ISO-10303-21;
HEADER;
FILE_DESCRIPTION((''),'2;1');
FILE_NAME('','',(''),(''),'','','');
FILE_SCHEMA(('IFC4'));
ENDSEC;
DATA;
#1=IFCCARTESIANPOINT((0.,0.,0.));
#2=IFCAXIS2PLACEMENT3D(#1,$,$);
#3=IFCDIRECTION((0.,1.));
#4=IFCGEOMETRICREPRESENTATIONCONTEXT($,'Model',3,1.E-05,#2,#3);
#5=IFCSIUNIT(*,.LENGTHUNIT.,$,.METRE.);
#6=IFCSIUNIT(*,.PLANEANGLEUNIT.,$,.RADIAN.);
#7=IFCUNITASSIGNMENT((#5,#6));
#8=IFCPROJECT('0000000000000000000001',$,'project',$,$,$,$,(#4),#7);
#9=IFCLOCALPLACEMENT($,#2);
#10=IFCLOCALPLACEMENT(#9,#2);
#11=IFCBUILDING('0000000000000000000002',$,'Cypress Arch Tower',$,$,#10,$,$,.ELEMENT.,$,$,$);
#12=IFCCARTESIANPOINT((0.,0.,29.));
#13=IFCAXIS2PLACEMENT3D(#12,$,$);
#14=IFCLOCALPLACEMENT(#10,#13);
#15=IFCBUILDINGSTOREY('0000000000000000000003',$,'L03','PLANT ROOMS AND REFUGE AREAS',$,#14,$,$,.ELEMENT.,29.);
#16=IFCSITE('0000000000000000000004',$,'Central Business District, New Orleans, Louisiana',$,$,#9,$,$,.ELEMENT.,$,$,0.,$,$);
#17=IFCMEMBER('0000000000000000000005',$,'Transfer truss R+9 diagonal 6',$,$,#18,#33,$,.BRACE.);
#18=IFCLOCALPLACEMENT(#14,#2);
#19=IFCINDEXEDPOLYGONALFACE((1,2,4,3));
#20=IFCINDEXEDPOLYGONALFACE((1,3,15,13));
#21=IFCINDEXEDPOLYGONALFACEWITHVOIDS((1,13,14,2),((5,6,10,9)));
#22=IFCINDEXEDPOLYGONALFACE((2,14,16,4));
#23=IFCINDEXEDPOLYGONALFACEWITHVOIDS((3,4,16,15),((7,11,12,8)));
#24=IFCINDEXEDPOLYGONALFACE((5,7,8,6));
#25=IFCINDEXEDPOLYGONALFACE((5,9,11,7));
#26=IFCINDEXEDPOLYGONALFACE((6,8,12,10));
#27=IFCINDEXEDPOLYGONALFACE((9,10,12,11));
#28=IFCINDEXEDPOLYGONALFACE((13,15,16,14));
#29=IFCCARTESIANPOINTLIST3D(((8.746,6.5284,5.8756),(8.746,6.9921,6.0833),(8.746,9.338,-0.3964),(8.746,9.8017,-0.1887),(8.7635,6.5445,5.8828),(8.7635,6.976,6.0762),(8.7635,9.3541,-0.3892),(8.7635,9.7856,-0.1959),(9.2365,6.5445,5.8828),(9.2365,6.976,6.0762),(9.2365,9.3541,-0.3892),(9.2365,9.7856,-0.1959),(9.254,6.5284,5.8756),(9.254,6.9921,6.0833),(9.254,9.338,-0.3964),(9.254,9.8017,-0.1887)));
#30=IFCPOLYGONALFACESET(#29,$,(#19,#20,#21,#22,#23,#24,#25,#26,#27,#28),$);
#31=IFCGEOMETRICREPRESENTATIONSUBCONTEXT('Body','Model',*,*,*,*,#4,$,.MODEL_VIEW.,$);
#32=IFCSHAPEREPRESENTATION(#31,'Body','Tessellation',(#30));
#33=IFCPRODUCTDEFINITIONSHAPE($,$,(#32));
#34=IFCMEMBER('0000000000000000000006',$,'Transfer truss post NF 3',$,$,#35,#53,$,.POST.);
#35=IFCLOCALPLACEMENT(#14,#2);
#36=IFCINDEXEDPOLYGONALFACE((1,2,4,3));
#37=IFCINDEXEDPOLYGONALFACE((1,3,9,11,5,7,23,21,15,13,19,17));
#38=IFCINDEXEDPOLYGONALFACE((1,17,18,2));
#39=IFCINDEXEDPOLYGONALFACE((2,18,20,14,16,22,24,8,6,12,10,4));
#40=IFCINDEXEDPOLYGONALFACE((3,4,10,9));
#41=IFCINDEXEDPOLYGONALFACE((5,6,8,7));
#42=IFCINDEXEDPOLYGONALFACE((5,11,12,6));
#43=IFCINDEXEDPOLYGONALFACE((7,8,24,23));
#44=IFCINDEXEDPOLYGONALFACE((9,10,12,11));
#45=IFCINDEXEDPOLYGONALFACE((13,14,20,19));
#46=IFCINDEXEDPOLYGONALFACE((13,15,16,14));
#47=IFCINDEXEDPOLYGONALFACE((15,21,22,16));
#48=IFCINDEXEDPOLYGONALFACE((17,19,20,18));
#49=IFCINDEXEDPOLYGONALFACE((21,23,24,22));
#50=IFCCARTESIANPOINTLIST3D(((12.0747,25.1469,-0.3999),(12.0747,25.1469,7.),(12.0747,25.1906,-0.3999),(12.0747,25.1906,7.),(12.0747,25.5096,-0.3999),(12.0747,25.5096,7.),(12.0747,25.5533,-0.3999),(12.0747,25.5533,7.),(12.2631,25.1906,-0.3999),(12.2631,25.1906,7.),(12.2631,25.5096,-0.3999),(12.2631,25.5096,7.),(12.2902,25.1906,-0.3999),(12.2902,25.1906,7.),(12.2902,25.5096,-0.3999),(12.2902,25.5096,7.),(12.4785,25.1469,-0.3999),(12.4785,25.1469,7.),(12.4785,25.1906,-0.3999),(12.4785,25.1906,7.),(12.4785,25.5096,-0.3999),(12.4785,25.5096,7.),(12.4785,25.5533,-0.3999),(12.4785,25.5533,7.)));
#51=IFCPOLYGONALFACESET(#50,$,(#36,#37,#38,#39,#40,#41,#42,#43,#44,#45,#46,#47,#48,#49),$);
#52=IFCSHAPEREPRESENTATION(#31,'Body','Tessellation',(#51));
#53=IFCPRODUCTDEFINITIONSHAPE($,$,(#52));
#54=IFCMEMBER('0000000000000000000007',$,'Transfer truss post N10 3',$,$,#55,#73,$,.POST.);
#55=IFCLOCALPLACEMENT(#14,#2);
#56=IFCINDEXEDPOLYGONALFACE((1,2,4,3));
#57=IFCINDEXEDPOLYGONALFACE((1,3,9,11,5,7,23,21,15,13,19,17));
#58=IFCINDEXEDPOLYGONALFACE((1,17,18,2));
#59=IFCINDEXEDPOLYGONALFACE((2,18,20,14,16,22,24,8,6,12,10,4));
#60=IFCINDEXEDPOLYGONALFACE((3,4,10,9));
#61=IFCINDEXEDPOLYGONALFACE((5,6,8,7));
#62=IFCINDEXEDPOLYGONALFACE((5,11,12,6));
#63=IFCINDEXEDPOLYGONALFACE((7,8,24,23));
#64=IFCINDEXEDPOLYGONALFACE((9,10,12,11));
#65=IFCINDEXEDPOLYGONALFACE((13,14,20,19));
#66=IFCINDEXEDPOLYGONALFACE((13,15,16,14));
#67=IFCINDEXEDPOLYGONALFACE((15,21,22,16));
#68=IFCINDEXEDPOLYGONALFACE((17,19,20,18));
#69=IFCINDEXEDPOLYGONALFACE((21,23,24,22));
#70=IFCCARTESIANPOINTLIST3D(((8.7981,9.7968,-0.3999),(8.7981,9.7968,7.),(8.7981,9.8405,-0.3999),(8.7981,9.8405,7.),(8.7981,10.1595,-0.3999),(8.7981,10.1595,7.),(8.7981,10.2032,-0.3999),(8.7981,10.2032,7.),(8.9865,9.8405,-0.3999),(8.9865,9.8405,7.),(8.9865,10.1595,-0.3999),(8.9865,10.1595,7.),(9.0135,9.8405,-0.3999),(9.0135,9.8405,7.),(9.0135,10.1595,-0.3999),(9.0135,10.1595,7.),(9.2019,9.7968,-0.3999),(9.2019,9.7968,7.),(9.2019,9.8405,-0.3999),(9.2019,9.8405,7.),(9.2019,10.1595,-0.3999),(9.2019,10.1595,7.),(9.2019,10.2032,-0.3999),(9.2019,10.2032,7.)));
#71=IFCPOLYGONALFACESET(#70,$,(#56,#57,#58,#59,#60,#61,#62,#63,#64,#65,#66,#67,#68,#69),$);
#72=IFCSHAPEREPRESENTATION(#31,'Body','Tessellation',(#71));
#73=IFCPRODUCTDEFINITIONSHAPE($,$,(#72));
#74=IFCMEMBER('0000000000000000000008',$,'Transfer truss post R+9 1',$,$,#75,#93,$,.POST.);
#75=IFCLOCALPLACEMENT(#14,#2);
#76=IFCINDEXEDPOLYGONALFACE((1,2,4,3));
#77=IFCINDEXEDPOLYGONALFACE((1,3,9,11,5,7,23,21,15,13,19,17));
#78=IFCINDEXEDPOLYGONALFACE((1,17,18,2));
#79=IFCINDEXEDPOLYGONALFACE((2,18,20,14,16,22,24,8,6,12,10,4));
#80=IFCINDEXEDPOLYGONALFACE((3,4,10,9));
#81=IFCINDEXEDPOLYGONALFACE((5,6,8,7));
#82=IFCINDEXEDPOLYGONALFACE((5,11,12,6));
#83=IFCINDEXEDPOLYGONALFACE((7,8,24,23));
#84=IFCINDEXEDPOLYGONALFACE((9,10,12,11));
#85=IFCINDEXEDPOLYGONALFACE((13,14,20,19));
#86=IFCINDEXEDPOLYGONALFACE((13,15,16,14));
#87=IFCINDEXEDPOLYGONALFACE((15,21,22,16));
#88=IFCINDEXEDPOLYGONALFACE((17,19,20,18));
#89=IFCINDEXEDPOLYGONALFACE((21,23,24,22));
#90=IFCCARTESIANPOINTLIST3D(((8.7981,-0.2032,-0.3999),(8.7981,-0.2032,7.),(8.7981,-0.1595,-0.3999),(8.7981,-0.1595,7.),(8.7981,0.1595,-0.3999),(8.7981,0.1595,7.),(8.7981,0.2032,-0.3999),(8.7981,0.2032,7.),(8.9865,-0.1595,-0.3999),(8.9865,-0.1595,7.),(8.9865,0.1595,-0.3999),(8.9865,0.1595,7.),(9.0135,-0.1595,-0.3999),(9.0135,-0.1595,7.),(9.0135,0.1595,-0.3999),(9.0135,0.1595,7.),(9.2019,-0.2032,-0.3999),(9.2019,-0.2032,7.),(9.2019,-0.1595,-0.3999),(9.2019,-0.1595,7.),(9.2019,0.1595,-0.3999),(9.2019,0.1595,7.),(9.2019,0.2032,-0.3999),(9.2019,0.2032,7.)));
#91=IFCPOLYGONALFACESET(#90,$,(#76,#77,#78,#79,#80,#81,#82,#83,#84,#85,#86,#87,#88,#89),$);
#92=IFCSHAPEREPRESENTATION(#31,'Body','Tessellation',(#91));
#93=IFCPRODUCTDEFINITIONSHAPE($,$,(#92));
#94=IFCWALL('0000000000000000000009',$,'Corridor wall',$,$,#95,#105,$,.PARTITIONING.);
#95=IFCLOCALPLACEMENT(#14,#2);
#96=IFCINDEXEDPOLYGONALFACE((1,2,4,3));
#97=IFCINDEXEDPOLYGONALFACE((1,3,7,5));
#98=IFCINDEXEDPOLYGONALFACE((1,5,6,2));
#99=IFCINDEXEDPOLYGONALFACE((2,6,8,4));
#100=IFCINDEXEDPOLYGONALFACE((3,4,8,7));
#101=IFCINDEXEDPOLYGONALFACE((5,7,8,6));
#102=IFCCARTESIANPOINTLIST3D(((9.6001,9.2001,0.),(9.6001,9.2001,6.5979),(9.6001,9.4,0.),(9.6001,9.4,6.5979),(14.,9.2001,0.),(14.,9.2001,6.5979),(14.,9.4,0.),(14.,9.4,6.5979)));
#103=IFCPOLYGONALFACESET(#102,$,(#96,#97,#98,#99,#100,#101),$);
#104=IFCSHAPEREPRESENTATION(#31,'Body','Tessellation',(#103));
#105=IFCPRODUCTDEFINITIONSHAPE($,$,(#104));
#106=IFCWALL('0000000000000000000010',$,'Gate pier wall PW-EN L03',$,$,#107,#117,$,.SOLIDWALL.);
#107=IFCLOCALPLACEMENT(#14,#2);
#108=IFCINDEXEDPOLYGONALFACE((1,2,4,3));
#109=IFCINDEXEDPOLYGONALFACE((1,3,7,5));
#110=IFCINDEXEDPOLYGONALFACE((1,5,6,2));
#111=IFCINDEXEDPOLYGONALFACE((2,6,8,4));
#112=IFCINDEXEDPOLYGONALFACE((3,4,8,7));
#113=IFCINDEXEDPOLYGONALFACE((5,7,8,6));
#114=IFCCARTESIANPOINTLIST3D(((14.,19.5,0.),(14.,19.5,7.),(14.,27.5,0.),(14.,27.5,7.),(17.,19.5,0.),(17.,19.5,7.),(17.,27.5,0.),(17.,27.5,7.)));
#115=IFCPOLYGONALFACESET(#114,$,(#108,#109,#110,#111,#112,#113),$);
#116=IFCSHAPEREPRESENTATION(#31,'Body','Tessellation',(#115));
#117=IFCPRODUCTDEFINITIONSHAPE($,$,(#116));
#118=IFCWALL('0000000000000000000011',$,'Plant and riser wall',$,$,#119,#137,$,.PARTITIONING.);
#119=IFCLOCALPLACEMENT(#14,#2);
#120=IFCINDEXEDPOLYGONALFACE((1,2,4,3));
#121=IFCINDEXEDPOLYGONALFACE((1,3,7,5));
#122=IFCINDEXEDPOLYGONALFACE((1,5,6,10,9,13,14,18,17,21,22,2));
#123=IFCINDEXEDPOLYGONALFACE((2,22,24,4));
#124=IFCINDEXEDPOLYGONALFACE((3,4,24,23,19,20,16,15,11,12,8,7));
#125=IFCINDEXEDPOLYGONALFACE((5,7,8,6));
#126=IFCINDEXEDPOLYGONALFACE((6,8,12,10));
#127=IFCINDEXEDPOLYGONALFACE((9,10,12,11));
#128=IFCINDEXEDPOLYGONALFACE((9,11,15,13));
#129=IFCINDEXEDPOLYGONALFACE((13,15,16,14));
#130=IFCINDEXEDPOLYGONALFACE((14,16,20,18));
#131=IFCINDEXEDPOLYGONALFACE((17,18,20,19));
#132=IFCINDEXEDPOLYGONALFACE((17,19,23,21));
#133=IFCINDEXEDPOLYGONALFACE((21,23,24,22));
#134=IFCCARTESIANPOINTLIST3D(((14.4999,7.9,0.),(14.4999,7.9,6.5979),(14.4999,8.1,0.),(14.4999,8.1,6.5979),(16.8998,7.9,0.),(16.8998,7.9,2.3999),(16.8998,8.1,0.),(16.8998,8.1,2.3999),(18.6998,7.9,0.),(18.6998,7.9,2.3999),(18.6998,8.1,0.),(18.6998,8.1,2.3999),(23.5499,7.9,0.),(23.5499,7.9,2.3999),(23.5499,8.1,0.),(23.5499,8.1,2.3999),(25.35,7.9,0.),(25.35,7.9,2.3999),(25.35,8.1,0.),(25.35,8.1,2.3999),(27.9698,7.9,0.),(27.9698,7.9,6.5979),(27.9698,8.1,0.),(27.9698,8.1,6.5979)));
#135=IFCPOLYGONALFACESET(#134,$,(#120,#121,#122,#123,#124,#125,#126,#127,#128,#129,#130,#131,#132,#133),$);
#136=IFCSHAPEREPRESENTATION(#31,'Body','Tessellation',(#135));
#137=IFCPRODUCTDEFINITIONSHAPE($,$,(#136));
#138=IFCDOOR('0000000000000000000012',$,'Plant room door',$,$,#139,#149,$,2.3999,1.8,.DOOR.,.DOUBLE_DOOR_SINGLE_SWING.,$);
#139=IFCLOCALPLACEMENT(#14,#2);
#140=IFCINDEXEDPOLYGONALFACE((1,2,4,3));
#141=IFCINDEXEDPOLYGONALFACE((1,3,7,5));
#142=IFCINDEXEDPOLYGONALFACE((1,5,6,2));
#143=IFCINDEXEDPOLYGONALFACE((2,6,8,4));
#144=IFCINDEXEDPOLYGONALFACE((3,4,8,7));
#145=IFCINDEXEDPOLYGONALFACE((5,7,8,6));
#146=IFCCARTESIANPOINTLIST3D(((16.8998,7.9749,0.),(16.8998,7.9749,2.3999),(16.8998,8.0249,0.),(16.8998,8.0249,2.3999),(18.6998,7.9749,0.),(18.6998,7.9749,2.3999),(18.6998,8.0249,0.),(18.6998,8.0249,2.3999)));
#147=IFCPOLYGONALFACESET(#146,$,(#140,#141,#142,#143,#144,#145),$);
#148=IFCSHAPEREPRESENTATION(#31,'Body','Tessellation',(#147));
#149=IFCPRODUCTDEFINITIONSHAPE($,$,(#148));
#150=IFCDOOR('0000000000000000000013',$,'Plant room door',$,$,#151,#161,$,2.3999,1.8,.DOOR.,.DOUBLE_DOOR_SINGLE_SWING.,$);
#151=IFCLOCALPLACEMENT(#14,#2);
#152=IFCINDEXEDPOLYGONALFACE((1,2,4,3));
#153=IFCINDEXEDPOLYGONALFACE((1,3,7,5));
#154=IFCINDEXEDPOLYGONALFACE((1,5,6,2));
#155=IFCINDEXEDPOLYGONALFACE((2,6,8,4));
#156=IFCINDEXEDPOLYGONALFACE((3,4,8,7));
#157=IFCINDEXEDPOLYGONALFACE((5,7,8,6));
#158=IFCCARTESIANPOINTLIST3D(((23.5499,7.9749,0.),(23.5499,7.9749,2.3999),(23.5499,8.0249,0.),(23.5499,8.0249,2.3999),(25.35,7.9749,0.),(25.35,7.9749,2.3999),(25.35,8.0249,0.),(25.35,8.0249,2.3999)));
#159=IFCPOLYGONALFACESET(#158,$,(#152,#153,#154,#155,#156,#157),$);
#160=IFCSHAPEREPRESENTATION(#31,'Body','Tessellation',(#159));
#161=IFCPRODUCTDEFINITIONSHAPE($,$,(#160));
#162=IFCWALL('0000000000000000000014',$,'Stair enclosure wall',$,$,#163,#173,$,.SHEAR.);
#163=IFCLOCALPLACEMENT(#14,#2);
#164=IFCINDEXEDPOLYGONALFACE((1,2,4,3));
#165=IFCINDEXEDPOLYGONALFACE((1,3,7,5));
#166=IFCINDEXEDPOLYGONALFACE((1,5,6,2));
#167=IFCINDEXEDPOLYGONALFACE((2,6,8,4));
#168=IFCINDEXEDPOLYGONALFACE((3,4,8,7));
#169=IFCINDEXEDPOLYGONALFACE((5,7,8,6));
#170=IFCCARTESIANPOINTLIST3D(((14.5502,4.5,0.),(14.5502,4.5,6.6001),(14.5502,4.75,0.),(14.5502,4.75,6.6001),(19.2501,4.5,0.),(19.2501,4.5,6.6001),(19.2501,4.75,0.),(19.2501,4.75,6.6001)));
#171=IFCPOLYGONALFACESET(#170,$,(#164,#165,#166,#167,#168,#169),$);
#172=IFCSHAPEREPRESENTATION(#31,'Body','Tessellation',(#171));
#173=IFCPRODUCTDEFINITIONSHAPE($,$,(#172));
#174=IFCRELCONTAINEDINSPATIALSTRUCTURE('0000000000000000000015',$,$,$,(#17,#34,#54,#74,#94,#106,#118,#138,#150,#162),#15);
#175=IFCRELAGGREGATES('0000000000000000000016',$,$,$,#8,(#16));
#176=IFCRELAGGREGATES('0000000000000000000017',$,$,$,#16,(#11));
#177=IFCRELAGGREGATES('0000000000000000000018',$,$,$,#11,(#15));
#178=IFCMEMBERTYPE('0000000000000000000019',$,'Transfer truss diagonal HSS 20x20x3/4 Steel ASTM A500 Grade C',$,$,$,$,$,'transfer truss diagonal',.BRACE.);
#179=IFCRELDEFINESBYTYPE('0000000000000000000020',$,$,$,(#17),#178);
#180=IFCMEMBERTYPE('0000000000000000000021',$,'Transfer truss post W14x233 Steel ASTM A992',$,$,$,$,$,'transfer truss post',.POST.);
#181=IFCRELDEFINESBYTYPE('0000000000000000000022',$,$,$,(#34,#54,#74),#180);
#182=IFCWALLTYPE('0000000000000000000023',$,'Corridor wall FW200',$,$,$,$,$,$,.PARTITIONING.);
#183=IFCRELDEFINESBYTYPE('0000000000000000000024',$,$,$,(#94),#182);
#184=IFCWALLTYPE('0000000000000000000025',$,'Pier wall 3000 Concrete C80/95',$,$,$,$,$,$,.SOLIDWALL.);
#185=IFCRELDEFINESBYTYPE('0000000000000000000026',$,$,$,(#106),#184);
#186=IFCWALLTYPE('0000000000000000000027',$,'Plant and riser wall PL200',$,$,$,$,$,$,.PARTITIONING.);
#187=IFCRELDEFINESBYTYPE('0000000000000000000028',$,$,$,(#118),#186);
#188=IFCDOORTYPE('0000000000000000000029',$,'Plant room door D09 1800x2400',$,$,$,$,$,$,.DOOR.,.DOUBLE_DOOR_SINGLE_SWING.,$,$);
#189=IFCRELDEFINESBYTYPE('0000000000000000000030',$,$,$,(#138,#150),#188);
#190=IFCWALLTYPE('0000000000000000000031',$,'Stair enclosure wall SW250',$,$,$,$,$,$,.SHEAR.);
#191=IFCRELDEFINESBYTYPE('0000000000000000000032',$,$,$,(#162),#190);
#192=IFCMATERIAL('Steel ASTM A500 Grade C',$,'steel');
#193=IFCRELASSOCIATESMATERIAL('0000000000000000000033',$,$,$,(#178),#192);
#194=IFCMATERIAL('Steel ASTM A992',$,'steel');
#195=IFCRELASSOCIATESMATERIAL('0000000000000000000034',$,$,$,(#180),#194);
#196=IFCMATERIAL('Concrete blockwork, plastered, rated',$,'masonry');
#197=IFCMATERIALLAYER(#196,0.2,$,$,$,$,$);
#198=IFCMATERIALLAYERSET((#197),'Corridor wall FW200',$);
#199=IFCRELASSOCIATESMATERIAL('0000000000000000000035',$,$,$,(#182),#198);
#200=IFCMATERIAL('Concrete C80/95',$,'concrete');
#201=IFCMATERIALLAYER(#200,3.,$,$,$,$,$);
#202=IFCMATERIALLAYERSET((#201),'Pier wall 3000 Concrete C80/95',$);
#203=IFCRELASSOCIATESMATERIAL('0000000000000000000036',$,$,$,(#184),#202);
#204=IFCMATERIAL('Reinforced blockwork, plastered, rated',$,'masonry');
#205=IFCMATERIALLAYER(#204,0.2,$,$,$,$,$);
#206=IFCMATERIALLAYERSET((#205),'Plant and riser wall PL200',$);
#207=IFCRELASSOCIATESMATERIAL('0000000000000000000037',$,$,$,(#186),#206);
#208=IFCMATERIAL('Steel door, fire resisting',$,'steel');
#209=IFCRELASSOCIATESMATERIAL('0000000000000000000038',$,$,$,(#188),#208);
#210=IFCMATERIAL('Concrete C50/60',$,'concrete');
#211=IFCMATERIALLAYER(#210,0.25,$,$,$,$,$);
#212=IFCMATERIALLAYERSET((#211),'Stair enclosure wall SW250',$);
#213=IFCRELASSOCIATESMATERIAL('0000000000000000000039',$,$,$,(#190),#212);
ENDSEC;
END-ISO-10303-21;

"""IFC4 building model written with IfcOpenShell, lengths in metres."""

from ifc_helpers import new_model, si_unit, direction, frame, frame_2d, origin, origin_2d, place, context, subcontext, project, spatial, rectangle, hollow_rectangle, i_section, extrude, material, layer, layer_set, material_profile, profile_set, type_object, element, fill, save


model = new_model("IFC4")

# Units and contexts
model_context = context("Model", 3, precision=1e-05, world=origin(), true_north=direction((0.0, 1.0)))
body_context = subcontext(model_context, "Body", "Model", "MODEL_VIEW")
ifc_project = project(units=[si_unit("LENGTHUNIT", "METRE"), si_unit("PLANEANGLEUNIT", "RADIAN")], contexts=[model_context])

# Site, building, storey
site_placement = place(None, origin())
site = spatial("IfcSite", under=ifc_project, at=site_placement, Name="Central Business District, New Orleans, Louisiana", CompositionType="ELEMENT", RefElevation=0.0)
building_placement = place(site_placement, origin())
building = spatial("IfcBuilding", under=site, at=building_placement, Name="Cypress Arch Tower", CompositionType="ELEMENT")
storey_placement = place(building_placement, frame((0.0, 0.0, 29.0)))
storey = spatial("IfcBuildingStorey", under=building, at=storey_placement, Name="L03", Description="PLANT ROOMS AND REFUGE AREAS", CompositionType="ELEMENT", Elevation=29.0)

# Members
ifc_material_1 = material(Name="Steel ASTM A500 Grade C", Category="steel")
ifc_material_profile_1 = material_profile(ifc_material_1, hollow_rectangle(XDim=0.5081, YDim=0.5081, WallThickness=0.0176, at=origin_2d()), Name="HSS 20x20x3/4")
ifc_profile_set_1 = profile_set([ifc_material_profile_1], Name="Steel ASTM A500 Grade C")
member_type_1 = type_object("IfcMemberType", Name="Transfer truss diagonal HSS 20x20x3/4 Steel ASTM A500 Grade C", ElementType="transfer truss diagonal", PredefinedType="BRACE", material=ifc_profile_set_1)
for number, where, z_axis, x_axis, name in (
    (1, (9.0, 6.7603, 5.9795), (0.0, 0.408813, -0.912618), (-1.0, 0.0, 0.0), "Transfer truss R+9 diagonal 6"),
):
    element("IfcMember", number, at=place(storey_placement, frame(where, z_axis=z_axis, x_axis=x_axis)), inside=storey, type_object=member_type_1, Name=name, PredefinedType="BRACE", context=body_context, shape_type="SweptSolid", body=[
        extrude(hollow_rectangle(XDim=0.5081, YDim=0.5081, WallThickness=0.0176, at=origin_2d()), origin(), (0.0, 0.0, 1.0), 6.8726),
    ])
ifc_material_2 = material(Name="Steel ASTM A992", Category="steel")
ifc_material_profile_2 = material_profile(ifc_material_2, i_section(OverallWidth=0.4038, OverallDepth=0.4065, WebThickness=0.0271, FlangeThickness=0.0437, at=origin_2d()), Name="W14x233")
ifc_profile_set_2 = profile_set([ifc_material_profile_2], Name="Steel ASTM A992")
member_type_2 = type_object("IfcMemberType", Name="Transfer truss post W14x233 Steel ASTM A992", ElementType="transfer truss post", PredefinedType="POST", material=ifc_profile_set_2)
for number, where, z_axis, x_axis, name in (
    (2, (12.2766, 25.3501, -0.3999), (0.0, 0.0, 1.0), (1.0, 0.0, 0.0), "Transfer truss post NF 3"),
    (3, (9.0, 10.0, -0.3999), (0.0, 0.0, 1.0), (1.0, 0.0, 0.0), "Transfer truss post N10 3"),
    (4, (9.0, 0.0, -0.3999), (0.0, 0.0, 1.0), (1.0, 0.0, 0.0), "Transfer truss post R+9 1"),
):
    element("IfcMember", number, at=place(storey_placement, frame(where, z_axis=z_axis, x_axis=x_axis)), inside=storey, type_object=member_type_2, Name=name, PredefinedType="POST", context=body_context, shape_type="SweptSolid", body=[
        extrude(i_section(OverallWidth=0.4038, OverallDepth=0.4065, WebThickness=0.0271, FlangeThickness=0.0437, at=origin_2d()), origin(), (0.0, 0.0, 1.0), 7.3999),
    ])

# Walls
ifc_material_3 = material(Name="Concrete blockwork, plastered, rated", Category="masonry")
ifc_layer_1 = layer(ifc_material_3, 0.2)
ifc_layer_set_1 = layer_set([ifc_layer_1], Name="Corridor wall FW200")
wall_type_1 = type_object("IfcWallType", Name="Corridor wall FW200", PredefinedType="PARTITIONING", material=ifc_layer_set_1)
wall_1_placement = place(storey_placement, frame((9.6001, 9.3, 0.0), z_axis=(0.0, 0.0, 1.0), x_axis=(1.0, 0.0, 0.0)))
element("IfcWall", 5, at=wall_1_placement, inside=storey, type_object=wall_type_1, Name="Corridor wall", PredefinedType="PARTITIONING", context=body_context, shape_type="SweptSolid", body=[
    extrude(rectangle(XDim=4.3999, YDim=0.2, at=frame_2d((2.2, 0.0))), origin(), (0.0, 0.0, 1.0), 6.5979),
])
ifc_material_4 = material(Name="Concrete C80/95", Category="concrete")
ifc_layer_2 = layer(ifc_material_4, 3.0)
ifc_layer_set_2 = layer_set([ifc_layer_2], Name="Pier wall 3000 Concrete C80/95")
wall_type_2 = type_object("IfcWallType", Name="Pier wall 3000 Concrete C80/95", PredefinedType="SOLIDWALL", material=ifc_layer_set_2)
wall_2_placement = place(storey_placement, frame((15.5, 19.5, 0.0), z_axis=(0.0, 0.0, 1.0), x_axis=(0.0, 1.0, 0.0)))
element("IfcWall", 6, at=wall_2_placement, inside=storey, type_object=wall_type_2, Name="Gate pier wall PW-EN L03", PredefinedType="SOLIDWALL", context=body_context, shape_type="SweptSolid", body=[
    extrude(rectangle(XDim=8.0, YDim=3.0, at=frame_2d((4.0, 0.0))), origin(), (0.0, 0.0, 1.0), 7.0),
])

# Wall, openings, doors
ifc_material_5 = material(Name="Reinforced blockwork, plastered, rated", Category="masonry")
ifc_layer_3 = layer(ifc_material_5, 0.2)
ifc_layer_set_3 = layer_set([ifc_layer_3], Name="Plant and riser wall PL200")
wall_type_3 = type_object("IfcWallType", Name="Plant and riser wall PL200", PredefinedType="PARTITIONING", material=ifc_layer_set_3)
wall_3_placement = place(storey_placement, frame((14.5, 8.0, 0.0), z_axis=(0.0, 0.0, 1.0), x_axis=(1.0, 0.0, 0.0)))
wall_3 = element("IfcWall", 7, at=wall_3_placement, inside=storey, type_object=wall_type_3, Name="Plant and riser wall", PredefinedType="PARTITIONING", context=body_context, shape_type="SweptSolid", body=[
    extrude(rectangle(XDim=13.47, YDim=0.2, at=frame_2d((6.7349, 0.0))), origin(), (0.0, 0.0, 1.0), 6.5979),
])
opening_1_placement = place(wall_3_placement, frame((2.3999, 0.0, 0.0)))
opening_1 = element("IfcOpeningElement", 8, at=opening_1_placement, cuts=wall_3, PredefinedType="OPENING", context=body_context, shape_type="SweptSolid", body=[
    extrude(rectangle(XDim=1.8, YDim=2.3999, at=frame_2d((0.8999, 1.2))), frame((0.0, 0.1099, 0.0), z_axis=(0.0, -1.0, 0.0), x_axis=(1.0, 0.0, 0.0)), (0.0, 0.0, 1.0), 0.22),
])
opening_2_placement = place(wall_3_placement, frame((9.05, 0.0, 0.0)))
opening_2 = element("IfcOpeningElement", 9, at=opening_2_placement, cuts=wall_3, PredefinedType="OPENING", context=body_context, shape_type="SweptSolid", body=[
    extrude(rectangle(XDim=1.8, YDim=2.3999, at=frame_2d((0.8999, 1.2))), frame((0.0, 0.1099, 0.0), z_axis=(0.0, -1.0, 0.0), x_axis=(1.0, 0.0, 0.0)), (0.0, 0.0, 1.0), 0.22),
])
ifc_material_6 = material(Name="Steel door, fire resisting", Category="steel")
door_type = type_object("IfcDoorType", Name="Plant room door D09 1800x2400", OperationType="DOUBLE_DOOR_SINGLE_SWING", PredefinedType="DOOR", material=ifc_material_6)
door_1_placement = place(opening_1_placement, origin())
door_1 = element("IfcDoor", 10, at=door_1_placement, inside=storey, type_object=door_type, Name="Plant room door", OperationType="DOUBLE_DOOR_SINGLE_SWING", OverallHeight=2.3999, OverallWidth=1.8, PredefinedType="DOOR", context=body_context, shape_type="SweptSolid", body=[
    extrude(rectangle(XDim=1.8, YDim=2.3999, at=frame_2d((0.8999, 1.2))), frame((0.0, 0.0249, 0.0), z_axis=(0.0, -1.0, 0.0), x_axis=(1.0, 0.0, 0.0)), (0.0, 0.0, 1.0), 0.05),
])
fill(opening_1, door_1)
door_2_placement = place(opening_2_placement, origin())
door_2 = element("IfcDoor", 11, at=door_2_placement, inside=storey, type_object=door_type, Name="Plant room door", OperationType="DOUBLE_DOOR_SINGLE_SWING", OverallHeight=2.3999, OverallWidth=1.8, PredefinedType="DOOR", context=body_context, shape_type="SweptSolid", body=[
    extrude(rectangle(XDim=1.8, YDim=2.3999, at=frame_2d((0.8999, 1.2))), frame((0.0, 0.0249, 0.0), z_axis=(0.0, -1.0, 0.0), x_axis=(1.0, 0.0, 0.0)), (0.0, 0.0, 1.0), 0.05),
])
fill(opening_2, door_2)

# Wall
ifc_material_7 = material(Name="Concrete C50/60", Category="concrete")
ifc_layer_4 = layer(ifc_material_7, 0.25)
ifc_layer_set_4 = layer_set([ifc_layer_4], Name="Stair enclosure wall SW250")
wall_type_4 = type_object("IfcWallType", Name="Stair enclosure wall SW250", PredefinedType="SHEAR", material=ifc_layer_set_4)
wall_4_placement = place(storey_placement, frame((14.55, 4.625, 0.0), z_axis=(0.0, 0.0, 1.0), x_axis=(1.0, 0.0, 0.0)))
element("IfcWall", 12, at=wall_4_placement, inside=storey, type_object=wall_type_4, Name="Stair enclosure wall", PredefinedType="SHEAR", context=body_context, shape_type="SweptSolid", body=[
    extrude(rectangle(XDim=4.7, YDim=0.25, at=frame_2d((2.3501, 0.0))), origin(), (0.0, 0.0, 1.0), 6.6001),
])

save(model, "model.ifc")
